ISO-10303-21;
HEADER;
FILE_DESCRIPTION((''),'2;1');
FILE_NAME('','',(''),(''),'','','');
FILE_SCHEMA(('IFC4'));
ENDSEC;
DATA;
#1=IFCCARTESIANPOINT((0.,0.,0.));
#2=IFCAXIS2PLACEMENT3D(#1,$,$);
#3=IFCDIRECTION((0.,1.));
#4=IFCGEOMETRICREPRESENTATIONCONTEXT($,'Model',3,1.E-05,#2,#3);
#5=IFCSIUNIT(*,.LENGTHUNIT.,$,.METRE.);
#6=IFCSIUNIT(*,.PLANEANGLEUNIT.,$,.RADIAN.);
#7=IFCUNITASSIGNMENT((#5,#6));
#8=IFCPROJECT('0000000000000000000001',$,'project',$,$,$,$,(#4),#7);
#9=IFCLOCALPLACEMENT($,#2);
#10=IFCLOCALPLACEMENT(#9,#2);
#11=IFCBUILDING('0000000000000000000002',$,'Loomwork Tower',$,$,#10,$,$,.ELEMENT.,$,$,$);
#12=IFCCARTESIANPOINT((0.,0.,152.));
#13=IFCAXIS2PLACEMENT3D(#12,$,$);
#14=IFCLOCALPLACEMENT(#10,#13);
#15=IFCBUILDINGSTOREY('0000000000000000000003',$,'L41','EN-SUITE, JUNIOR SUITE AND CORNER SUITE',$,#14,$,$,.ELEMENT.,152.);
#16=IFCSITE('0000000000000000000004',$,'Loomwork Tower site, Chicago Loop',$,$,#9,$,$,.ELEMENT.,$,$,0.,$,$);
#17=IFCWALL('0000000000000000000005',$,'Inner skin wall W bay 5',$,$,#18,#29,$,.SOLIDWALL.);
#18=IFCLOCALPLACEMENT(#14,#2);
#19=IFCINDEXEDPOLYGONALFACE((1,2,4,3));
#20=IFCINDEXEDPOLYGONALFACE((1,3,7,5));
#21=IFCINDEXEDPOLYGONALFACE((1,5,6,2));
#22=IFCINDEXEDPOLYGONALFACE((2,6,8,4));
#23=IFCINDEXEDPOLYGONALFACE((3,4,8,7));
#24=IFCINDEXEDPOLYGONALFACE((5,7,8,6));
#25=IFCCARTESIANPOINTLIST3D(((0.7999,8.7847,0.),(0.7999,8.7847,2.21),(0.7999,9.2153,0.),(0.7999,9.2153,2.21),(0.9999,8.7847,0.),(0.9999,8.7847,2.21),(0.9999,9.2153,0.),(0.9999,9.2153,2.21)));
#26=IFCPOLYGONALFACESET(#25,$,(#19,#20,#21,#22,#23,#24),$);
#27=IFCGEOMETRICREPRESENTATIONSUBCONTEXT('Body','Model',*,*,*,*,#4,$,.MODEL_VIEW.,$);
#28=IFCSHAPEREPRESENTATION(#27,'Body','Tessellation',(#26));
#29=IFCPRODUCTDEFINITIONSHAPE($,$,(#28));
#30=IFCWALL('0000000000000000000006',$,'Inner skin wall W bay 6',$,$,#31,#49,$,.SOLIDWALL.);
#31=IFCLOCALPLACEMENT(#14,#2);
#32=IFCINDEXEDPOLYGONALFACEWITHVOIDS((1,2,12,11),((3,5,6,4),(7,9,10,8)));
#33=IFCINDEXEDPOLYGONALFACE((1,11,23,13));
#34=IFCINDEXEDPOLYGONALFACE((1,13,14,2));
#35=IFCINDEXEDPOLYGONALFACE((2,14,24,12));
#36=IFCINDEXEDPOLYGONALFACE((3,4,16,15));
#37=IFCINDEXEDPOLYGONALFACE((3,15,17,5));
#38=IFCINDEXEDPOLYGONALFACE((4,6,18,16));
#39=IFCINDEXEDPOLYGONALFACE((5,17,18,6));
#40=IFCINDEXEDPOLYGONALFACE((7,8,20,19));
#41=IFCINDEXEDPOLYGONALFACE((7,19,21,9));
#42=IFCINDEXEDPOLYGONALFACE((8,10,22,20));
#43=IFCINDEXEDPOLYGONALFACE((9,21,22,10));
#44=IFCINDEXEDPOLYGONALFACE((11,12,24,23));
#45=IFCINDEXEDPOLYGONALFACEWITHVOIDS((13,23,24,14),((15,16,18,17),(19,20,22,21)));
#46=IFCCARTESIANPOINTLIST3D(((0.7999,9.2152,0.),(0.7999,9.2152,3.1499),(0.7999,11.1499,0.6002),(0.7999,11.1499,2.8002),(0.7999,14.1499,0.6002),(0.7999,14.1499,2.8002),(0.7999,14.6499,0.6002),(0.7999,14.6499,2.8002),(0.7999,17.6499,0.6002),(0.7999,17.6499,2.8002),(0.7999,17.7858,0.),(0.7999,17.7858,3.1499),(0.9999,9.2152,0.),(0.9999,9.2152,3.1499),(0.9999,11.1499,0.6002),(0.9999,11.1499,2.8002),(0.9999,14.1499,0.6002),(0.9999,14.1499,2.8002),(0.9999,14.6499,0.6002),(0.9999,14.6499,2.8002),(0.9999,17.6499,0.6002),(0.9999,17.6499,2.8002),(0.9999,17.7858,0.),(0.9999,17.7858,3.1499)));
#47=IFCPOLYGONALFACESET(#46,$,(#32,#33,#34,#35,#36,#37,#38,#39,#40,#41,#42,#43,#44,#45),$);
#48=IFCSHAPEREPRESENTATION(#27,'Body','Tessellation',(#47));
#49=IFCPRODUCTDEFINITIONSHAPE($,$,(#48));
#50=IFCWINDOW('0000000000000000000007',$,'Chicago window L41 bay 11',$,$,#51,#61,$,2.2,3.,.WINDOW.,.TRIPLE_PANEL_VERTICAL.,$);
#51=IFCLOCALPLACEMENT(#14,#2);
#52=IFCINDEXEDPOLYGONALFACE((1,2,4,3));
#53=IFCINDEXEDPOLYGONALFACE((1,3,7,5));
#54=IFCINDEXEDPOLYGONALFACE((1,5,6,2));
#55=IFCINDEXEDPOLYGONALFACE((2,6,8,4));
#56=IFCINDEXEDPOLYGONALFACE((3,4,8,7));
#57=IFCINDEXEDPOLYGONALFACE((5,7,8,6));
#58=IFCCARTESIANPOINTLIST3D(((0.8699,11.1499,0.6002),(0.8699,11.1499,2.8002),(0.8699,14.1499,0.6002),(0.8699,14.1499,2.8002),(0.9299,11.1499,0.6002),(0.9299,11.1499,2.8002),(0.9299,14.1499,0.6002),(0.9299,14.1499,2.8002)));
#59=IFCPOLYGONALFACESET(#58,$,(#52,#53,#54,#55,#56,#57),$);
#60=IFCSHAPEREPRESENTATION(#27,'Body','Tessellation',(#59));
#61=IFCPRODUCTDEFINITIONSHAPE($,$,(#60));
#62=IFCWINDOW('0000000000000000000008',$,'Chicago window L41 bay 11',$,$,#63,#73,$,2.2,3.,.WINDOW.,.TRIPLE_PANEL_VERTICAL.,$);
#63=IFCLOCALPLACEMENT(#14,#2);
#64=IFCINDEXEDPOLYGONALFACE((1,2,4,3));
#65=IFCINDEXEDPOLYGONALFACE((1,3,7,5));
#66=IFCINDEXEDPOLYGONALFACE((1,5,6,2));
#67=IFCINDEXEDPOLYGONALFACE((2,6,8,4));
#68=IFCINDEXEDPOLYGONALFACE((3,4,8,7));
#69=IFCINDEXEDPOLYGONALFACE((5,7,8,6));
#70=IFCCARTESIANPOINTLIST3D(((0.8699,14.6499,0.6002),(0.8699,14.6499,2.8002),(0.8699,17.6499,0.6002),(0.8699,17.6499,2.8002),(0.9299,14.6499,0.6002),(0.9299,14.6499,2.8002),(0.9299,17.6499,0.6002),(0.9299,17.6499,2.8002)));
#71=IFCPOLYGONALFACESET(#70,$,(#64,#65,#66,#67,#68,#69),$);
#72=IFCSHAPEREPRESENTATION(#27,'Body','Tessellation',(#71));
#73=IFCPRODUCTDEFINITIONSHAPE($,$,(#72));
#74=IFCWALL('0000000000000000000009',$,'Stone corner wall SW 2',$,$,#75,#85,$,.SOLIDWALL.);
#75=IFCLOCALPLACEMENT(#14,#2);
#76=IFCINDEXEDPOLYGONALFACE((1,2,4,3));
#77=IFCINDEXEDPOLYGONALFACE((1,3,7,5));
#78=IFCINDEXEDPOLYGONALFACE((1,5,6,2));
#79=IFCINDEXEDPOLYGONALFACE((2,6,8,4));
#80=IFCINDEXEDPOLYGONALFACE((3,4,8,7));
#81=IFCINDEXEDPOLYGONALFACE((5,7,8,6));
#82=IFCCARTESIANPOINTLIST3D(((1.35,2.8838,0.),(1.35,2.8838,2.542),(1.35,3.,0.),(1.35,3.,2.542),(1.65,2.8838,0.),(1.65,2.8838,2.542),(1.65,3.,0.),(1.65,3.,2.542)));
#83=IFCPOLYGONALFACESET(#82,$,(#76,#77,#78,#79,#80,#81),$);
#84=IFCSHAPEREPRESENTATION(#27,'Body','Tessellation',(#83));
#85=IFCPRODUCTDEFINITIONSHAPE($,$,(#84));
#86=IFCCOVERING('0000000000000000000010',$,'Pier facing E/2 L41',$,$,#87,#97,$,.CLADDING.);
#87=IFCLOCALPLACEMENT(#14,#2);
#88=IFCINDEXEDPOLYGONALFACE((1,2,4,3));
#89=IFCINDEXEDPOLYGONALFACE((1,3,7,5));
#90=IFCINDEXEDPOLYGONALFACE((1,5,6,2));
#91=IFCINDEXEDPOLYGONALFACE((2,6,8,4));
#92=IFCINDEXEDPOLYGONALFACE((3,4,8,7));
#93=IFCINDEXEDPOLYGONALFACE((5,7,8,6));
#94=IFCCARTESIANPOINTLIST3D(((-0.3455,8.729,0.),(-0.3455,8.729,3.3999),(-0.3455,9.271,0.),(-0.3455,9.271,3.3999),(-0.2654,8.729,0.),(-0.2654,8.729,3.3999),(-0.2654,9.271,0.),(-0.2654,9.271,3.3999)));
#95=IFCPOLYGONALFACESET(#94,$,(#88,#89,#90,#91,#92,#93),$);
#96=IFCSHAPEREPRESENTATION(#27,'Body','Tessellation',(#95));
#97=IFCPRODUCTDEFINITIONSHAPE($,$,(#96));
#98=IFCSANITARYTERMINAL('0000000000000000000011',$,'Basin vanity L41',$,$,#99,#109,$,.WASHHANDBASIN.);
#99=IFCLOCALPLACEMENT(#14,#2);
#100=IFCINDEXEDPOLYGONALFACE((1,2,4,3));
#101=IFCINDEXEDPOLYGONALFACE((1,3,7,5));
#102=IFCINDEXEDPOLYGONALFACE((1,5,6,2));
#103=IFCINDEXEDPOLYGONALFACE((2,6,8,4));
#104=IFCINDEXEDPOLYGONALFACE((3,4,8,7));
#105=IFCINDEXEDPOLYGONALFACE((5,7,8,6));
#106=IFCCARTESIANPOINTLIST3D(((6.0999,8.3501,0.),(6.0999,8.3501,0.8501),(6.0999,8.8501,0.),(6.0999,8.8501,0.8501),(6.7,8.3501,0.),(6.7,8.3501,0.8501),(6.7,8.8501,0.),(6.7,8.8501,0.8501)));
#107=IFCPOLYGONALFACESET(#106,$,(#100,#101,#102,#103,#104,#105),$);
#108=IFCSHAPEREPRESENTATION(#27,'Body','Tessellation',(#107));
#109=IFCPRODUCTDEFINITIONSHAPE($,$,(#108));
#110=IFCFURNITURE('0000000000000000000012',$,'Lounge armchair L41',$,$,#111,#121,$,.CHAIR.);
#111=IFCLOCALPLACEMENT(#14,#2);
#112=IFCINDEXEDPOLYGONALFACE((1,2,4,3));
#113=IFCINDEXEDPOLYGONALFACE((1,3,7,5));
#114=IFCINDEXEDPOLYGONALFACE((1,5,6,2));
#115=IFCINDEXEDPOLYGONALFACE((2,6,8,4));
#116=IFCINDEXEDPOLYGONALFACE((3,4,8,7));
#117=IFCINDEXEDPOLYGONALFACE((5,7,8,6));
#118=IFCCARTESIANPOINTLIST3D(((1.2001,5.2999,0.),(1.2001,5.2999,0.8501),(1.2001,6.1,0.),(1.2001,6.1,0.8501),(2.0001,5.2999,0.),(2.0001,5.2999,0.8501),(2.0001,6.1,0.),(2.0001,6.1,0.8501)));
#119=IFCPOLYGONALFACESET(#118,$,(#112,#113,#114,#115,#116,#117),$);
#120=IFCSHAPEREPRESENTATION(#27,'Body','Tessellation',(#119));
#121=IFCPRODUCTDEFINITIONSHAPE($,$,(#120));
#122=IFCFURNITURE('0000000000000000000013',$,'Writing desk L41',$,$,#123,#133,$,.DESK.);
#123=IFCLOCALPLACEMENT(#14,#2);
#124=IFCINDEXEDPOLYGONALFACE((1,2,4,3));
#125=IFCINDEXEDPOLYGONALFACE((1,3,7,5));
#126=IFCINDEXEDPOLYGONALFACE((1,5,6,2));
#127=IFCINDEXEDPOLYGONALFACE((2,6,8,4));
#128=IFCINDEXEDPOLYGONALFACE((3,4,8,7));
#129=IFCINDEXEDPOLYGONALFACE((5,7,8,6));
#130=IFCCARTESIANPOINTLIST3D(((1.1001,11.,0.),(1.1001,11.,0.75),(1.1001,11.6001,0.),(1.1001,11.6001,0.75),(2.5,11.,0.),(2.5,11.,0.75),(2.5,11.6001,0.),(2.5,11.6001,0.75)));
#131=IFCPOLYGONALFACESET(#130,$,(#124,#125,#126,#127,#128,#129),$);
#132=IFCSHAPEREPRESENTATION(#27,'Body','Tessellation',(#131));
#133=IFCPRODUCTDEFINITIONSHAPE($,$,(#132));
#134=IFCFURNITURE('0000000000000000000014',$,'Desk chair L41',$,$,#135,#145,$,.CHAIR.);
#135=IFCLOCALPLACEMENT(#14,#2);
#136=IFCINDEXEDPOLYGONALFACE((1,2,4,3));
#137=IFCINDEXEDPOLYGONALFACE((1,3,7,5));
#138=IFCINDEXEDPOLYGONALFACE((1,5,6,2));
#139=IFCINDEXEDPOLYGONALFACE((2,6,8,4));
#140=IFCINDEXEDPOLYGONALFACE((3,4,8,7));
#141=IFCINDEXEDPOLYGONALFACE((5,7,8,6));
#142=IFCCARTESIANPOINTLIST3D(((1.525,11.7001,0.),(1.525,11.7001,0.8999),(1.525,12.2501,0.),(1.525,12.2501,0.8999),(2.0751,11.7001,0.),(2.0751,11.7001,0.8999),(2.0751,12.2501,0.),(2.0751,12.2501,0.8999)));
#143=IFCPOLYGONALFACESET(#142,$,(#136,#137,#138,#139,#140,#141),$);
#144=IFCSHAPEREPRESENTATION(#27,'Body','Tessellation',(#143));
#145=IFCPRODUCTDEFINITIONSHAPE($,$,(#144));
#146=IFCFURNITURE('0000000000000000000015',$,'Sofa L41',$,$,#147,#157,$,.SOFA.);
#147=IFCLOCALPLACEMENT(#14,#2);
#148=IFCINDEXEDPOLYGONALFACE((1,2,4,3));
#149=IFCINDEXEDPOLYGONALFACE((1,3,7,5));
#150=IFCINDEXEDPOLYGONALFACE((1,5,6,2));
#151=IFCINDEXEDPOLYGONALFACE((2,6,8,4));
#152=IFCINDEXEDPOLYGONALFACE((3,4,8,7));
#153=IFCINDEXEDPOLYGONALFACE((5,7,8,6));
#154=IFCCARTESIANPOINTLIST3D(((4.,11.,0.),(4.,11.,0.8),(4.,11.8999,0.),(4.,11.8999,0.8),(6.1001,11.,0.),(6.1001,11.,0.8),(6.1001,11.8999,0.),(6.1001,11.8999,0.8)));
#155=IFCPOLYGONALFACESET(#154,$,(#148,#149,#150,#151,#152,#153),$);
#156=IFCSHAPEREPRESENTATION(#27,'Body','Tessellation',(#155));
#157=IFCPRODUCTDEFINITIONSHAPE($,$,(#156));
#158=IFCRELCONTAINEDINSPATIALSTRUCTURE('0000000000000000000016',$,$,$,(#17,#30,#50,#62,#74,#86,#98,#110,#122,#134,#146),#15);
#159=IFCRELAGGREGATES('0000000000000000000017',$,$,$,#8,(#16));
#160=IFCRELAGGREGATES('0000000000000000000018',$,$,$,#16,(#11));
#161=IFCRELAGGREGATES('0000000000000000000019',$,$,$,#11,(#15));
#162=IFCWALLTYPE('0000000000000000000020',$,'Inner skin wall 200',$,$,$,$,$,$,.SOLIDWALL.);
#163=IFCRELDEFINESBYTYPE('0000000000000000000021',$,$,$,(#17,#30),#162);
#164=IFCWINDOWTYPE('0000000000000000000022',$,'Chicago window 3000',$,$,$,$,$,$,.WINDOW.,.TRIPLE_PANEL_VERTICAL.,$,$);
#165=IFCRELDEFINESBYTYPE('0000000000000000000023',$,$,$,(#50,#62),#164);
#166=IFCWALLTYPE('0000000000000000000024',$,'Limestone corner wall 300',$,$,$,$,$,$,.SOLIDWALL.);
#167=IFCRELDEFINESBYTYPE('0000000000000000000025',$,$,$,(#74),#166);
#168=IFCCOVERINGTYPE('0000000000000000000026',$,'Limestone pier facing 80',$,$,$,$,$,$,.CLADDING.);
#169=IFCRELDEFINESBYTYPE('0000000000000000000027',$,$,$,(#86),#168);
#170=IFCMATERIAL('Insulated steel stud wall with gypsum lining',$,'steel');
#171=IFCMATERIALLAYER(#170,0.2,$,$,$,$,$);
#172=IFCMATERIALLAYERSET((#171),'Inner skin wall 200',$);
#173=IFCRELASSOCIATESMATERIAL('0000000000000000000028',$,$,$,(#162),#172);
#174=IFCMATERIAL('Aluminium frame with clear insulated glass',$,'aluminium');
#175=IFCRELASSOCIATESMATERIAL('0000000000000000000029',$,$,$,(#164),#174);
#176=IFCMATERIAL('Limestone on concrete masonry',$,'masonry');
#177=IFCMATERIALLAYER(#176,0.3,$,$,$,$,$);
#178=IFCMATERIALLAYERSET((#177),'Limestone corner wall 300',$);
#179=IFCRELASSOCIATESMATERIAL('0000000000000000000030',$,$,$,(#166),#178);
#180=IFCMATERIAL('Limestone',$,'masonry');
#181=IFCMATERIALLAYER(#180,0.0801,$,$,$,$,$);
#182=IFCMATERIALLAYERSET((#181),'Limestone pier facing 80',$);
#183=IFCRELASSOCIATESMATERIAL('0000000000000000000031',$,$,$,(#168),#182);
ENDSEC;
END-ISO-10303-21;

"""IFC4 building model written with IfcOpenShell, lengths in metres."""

from ifc_helpers import new_model, si_unit, direction, frame, frame_2d, origin, origin_2d, place, context, subcontext, project, spatial, rectangle, extrude, material, layer, layer_set, type_object, element, fill, save


model = new_model("IFC4")

# Units and contexts
model_context = context("Model", 3, precision=1e-05, world=origin(), true_north=direction((0.0, 1.0)))
body_context = subcontext(model_context, "Body", "Model", "MODEL_VIEW")
ifc_project = project(units=[si_unit("LENGTHUNIT", "METRE"), si_unit("PLANEANGLEUNIT", "RADIAN")], contexts=[model_context])

# Site, building, storey
site_placement = place(None, origin())
site = spatial("IfcSite", under=ifc_project, at=site_placement, Name="Loomwork Tower site, Chicago Loop", CompositionType="ELEMENT", RefElevation=0.0)
building_placement = place(site_placement, origin())
building = spatial("IfcBuilding", under=site, at=building_placement, Name="Loomwork Tower", CompositionType="ELEMENT")
storey_placement = place(building_placement, frame((0.0, 0.0, 152.0)))
storey = spatial("IfcBuildingStorey", under=building, at=storey_placement, Name="L41", Description="EN-SUITE, JUNIOR SUITE AND CORNER SUITE", CompositionType="ELEMENT", Elevation=152.0)

# Wall
ifc_material_1 = material(Name="Insulated steel stud wall with gypsum lining", Category="steel")
ifc_layer_1 = layer(ifc_material_1, 0.2)
ifc_layer_set_1 = layer_set([ifc_layer_1], Name="Inner skin wall 200")
wall_type_1 = type_object("IfcWallType", Name="Inner skin wall 200", PredefinedType="SOLIDWALL", material=ifc_layer_set_1)
wall_1_placement = place(storey_placement, frame((0.8999, 8.7847, 0.0), z_axis=(0.0, 0.0, 1.0), x_axis=(0.0, 1.0, 0.0)))
element("IfcWall", 1, at=wall_1_placement, inside=storey, type_object=wall_type_1, Name="Inner skin wall W bay 5", PredefinedType="SOLIDWALL", context=body_context, shape_type="SweptSolid", body=[
    extrude(rectangle(XDim=0.4307, YDim=0.2, at=frame_2d((0.2153, 0.0))), origin(), (0.0, 0.0, 1.0), 2.21),
])

# Wall, openings, windows
wall_2_placement = place(storey_placement, frame((0.8999, 9.2153, 0.0), z_axis=(0.0, 0.0, 1.0), x_axis=(0.0, 1.0, 0.0)))
wall_2 = element("IfcWall", 2, at=wall_2_placement, inside=storey, type_object=wall_type_1, Name="Inner skin wall W bay 6", PredefinedType="SOLIDWALL", context=body_context, shape_type="SweptSolid", body=[
    extrude(rectangle(XDim=8.5706, YDim=0.2, at=frame_2d((4.2852, 0.0))), origin(), (0.0, 0.0, 1.0), 3.1499),
])
opening_1_placement = place(wall_2_placement, frame((1.9346, 0.0, 0.6001)))
opening_1 = element("IfcOpeningElement", 3, at=opening_1_placement, cuts=wall_2, PredefinedType="OPENING", context=body_context, shape_type="SweptSolid", body=[
    extrude(rectangle(XDim=3.0, YDim=2.2, at=frame_2d((1.5, 1.1001))), frame((0.0, 0.1099, 0.0), z_axis=(0.0, -1.0, 0.0), x_axis=(1.0, 0.0, 0.0)), (0.0, 0.0, 1.0), 0.22),
])
opening_2_placement = place(wall_2_placement, frame((5.4346, 0.0, 0.6001)))
opening_2 = element("IfcOpeningElement", 4, at=opening_2_placement, cuts=wall_2, PredefinedType="OPENING", context=body_context, shape_type="SweptSolid", body=[
    extrude(rectangle(XDim=3.0, YDim=2.2, at=frame_2d((1.5, 1.1001))), frame((0.0, 0.1099, 0.0), z_axis=(0.0, -1.0, 0.0), x_axis=(1.0, 0.0, 0.0)), (0.0, 0.0, 1.0), 0.22),
])
ifc_material_2 = material(Name="Aluminium frame with clear insulated glass", Category="aluminium")
window_type = type_object("IfcWindowType", Name="Chicago window 3000", PartitioningType="TRIPLE_PANEL_VERTICAL", PredefinedType="WINDOW", material=ifc_material_2)
window_1_placement = place(opening_1_placement, origin())
window_1 = element("IfcWindow", 5, at=window_1_placement, inside=storey, type_object=window_type, Name="Chicago window L41 bay 11", OverallHeight=2.2, OverallWidth=3.0, PartitioningType="TRIPLE_PANEL_VERTICAL", PredefinedType="WINDOW", context=body_context, shape_type="SweptSolid", body=[
    extrude(rectangle(XDim=3.0, YDim=2.2, at=frame_2d((1.5, 1.1001))), frame((0.0, 0.03, 0.0), z_axis=(0.0, -1.0, 0.0), x_axis=(1.0, 0.0, 0.0)), (0.0, 0.0, 1.0), 0.0601),
])
fill(opening_1, window_1)
window_2_placement = place(opening_2_placement, origin())
window_2 = element("IfcWindow", 6, at=window_2_placement, inside=storey, type_object=window_type, Name="Chicago window L41 bay 11", OverallHeight=2.2, OverallWidth=3.0, PartitioningType="TRIPLE_PANEL_VERTICAL", PredefinedType="WINDOW", context=body_context, shape_type="SweptSolid", body=[
    extrude(rectangle(XDim=3.0, YDim=2.2, at=frame_2d((1.5, 1.1001))), frame((0.0, 0.03, 0.0), z_axis=(0.0, -1.0, 0.0), x_axis=(1.0, 0.0, 0.0)), (0.0, 0.0, 1.0), 0.0601),
])
fill(opening_2, window_2)

# Wall
ifc_material_3 = material(Name="Limestone on concrete masonry", Category="masonry")
ifc_layer_2 = layer(ifc_material_3, 0.3)
ifc_layer_set_2 = layer_set([ifc_layer_2], Name="Limestone corner wall 300")
wall_type_2 = type_object("IfcWallType", Name="Limestone corner wall 300", PredefinedType="SOLIDWALL", material=ifc_layer_set_2)
wall_3_placement = place(storey_placement, frame((1.5, 3.0, 0.0), z_axis=(0.0, 0.0, 1.0), x_axis=(0.0, -1.0, 0.0)))
element("IfcWall", 7, at=wall_3_placement, inside=storey, type_object=wall_type_2, Name="Stone corner wall SW 2", PredefinedType="SOLIDWALL", context=body_context, shape_type="SweptSolid", body=[
    extrude(rectangle(XDim=0.1162, YDim=0.3, at=frame_2d((0.0581, 0.0))), origin(), (0.0, 0.0, 1.0), 2.542),
])

# Covering
ifc_material_4 = material(Name="Limestone", Category="masonry")
ifc_layer_3 = layer(ifc_material_4, 0.0801)
ifc_layer_set_3 = layer_set([ifc_layer_3], Name="Limestone pier facing 80")
covering_type = type_object("IfcCoveringType", Name="Limestone pier facing 80", PredefinedType="CLADDING", material=ifc_layer_set_3)
covering_placement = place(storey_placement, frame((-0.3054, 9.0, 0.0), z_axis=(0.0, 0.0, 1.0), x_axis=(1.0, 0.0, 0.0)))
element("IfcCovering", 8, at=covering_placement, inside=storey, type_object=covering_type, Name="Pier facing E/2 L41", PredefinedType="CLADDING", context=body_context, shape_type="SweptSolid", body=[
    extrude(rectangle(XDim=0.0801, YDim=0.542, at=origin_2d()), origin(), (0.0, 0.0, 1.0), 3.3999),
])

# Sanitary terminal
sanitary_terminal_placement = place(storey_placement, frame((6.3999, 8.6001, 0.0), z_axis=(0.0, 0.0, 1.0), x_axis=(1.0, 0.0, 0.0)))
element("IfcSanitaryTerminal", 9, at=sanitary_terminal_placement, inside=storey, Name="Basin vanity L41", PredefinedType="WASHHANDBASIN", context=body_context, shape_type="SweptSolid", body=[
    extrude(rectangle(XDim=0.6001, YDim=0.5, at=origin_2d()), origin(), (0.0, 0.0, 1.0), 0.8501),
])

# Furniture
furniture_1_placement = place(storey_placement, frame((1.6001, 5.7, 0.0), z_axis=(0.0, 0.0, 1.0), x_axis=(1.0, 0.0, 0.0)))
element("IfcFurniture", 10, at=furniture_1_placement, inside=storey, Name="Lounge armchair L41", PredefinedType="CHAIR", context=body_context, shape_type="SweptSolid", body=[
    extrude(rectangle(XDim=0.8, YDim=0.8, at=origin_2d()), origin(), (0.0, 0.0, 1.0), 0.8501),
])
furniture_2_placement = place(storey_placement, frame((1.8, 11.3, 0.0), z_axis=(0.0, 0.0, 1.0), x_axis=(1.0, 0.0, 0.0)))
element("IfcFurniture", 11, at=furniture_2_placement, inside=storey, Name="Writing desk L41", PredefinedType="DESK", context=body_context, shape_type="SweptSolid", body=[
    extrude(rectangle(XDim=1.3999, YDim=0.6001, at=origin_2d()), origin(), (0.0, 0.0, 1.0), 0.75),
])
furniture_3_placement = place(storey_placement, frame((1.8, 11.9751, 0.0), z_axis=(0.0, 0.0, 1.0), x_axis=(1.0, 0.0, 0.0)))
element("IfcFurniture", 12, at=furniture_3_placement, inside=storey, Name="Desk chair L41", PredefinedType="CHAIR", context=body_context, shape_type="SweptSolid", body=[
    extrude(rectangle(XDim=0.55, YDim=0.55, at=origin_2d()), origin(), (0.0, 0.0, 1.0), 0.8999),
])
furniture_4_placement = place(storey_placement, frame((5.05, 11.45, 0.0), z_axis=(0.0, 0.0, 1.0), x_axis=(1.0, 0.0, 0.0)))
element("IfcFurniture", 13, at=furniture_4_placement, inside=storey, Name="Sofa L41", PredefinedType="SOFA", context=body_context, shape_type="SweptSolid", body=[
    extrude(rectangle(XDim=2.1001, YDim=0.8999, at=origin_2d()), origin(), (0.0, 0.0, 1.0), 0.8),
])

save(model, "model.ifc")
